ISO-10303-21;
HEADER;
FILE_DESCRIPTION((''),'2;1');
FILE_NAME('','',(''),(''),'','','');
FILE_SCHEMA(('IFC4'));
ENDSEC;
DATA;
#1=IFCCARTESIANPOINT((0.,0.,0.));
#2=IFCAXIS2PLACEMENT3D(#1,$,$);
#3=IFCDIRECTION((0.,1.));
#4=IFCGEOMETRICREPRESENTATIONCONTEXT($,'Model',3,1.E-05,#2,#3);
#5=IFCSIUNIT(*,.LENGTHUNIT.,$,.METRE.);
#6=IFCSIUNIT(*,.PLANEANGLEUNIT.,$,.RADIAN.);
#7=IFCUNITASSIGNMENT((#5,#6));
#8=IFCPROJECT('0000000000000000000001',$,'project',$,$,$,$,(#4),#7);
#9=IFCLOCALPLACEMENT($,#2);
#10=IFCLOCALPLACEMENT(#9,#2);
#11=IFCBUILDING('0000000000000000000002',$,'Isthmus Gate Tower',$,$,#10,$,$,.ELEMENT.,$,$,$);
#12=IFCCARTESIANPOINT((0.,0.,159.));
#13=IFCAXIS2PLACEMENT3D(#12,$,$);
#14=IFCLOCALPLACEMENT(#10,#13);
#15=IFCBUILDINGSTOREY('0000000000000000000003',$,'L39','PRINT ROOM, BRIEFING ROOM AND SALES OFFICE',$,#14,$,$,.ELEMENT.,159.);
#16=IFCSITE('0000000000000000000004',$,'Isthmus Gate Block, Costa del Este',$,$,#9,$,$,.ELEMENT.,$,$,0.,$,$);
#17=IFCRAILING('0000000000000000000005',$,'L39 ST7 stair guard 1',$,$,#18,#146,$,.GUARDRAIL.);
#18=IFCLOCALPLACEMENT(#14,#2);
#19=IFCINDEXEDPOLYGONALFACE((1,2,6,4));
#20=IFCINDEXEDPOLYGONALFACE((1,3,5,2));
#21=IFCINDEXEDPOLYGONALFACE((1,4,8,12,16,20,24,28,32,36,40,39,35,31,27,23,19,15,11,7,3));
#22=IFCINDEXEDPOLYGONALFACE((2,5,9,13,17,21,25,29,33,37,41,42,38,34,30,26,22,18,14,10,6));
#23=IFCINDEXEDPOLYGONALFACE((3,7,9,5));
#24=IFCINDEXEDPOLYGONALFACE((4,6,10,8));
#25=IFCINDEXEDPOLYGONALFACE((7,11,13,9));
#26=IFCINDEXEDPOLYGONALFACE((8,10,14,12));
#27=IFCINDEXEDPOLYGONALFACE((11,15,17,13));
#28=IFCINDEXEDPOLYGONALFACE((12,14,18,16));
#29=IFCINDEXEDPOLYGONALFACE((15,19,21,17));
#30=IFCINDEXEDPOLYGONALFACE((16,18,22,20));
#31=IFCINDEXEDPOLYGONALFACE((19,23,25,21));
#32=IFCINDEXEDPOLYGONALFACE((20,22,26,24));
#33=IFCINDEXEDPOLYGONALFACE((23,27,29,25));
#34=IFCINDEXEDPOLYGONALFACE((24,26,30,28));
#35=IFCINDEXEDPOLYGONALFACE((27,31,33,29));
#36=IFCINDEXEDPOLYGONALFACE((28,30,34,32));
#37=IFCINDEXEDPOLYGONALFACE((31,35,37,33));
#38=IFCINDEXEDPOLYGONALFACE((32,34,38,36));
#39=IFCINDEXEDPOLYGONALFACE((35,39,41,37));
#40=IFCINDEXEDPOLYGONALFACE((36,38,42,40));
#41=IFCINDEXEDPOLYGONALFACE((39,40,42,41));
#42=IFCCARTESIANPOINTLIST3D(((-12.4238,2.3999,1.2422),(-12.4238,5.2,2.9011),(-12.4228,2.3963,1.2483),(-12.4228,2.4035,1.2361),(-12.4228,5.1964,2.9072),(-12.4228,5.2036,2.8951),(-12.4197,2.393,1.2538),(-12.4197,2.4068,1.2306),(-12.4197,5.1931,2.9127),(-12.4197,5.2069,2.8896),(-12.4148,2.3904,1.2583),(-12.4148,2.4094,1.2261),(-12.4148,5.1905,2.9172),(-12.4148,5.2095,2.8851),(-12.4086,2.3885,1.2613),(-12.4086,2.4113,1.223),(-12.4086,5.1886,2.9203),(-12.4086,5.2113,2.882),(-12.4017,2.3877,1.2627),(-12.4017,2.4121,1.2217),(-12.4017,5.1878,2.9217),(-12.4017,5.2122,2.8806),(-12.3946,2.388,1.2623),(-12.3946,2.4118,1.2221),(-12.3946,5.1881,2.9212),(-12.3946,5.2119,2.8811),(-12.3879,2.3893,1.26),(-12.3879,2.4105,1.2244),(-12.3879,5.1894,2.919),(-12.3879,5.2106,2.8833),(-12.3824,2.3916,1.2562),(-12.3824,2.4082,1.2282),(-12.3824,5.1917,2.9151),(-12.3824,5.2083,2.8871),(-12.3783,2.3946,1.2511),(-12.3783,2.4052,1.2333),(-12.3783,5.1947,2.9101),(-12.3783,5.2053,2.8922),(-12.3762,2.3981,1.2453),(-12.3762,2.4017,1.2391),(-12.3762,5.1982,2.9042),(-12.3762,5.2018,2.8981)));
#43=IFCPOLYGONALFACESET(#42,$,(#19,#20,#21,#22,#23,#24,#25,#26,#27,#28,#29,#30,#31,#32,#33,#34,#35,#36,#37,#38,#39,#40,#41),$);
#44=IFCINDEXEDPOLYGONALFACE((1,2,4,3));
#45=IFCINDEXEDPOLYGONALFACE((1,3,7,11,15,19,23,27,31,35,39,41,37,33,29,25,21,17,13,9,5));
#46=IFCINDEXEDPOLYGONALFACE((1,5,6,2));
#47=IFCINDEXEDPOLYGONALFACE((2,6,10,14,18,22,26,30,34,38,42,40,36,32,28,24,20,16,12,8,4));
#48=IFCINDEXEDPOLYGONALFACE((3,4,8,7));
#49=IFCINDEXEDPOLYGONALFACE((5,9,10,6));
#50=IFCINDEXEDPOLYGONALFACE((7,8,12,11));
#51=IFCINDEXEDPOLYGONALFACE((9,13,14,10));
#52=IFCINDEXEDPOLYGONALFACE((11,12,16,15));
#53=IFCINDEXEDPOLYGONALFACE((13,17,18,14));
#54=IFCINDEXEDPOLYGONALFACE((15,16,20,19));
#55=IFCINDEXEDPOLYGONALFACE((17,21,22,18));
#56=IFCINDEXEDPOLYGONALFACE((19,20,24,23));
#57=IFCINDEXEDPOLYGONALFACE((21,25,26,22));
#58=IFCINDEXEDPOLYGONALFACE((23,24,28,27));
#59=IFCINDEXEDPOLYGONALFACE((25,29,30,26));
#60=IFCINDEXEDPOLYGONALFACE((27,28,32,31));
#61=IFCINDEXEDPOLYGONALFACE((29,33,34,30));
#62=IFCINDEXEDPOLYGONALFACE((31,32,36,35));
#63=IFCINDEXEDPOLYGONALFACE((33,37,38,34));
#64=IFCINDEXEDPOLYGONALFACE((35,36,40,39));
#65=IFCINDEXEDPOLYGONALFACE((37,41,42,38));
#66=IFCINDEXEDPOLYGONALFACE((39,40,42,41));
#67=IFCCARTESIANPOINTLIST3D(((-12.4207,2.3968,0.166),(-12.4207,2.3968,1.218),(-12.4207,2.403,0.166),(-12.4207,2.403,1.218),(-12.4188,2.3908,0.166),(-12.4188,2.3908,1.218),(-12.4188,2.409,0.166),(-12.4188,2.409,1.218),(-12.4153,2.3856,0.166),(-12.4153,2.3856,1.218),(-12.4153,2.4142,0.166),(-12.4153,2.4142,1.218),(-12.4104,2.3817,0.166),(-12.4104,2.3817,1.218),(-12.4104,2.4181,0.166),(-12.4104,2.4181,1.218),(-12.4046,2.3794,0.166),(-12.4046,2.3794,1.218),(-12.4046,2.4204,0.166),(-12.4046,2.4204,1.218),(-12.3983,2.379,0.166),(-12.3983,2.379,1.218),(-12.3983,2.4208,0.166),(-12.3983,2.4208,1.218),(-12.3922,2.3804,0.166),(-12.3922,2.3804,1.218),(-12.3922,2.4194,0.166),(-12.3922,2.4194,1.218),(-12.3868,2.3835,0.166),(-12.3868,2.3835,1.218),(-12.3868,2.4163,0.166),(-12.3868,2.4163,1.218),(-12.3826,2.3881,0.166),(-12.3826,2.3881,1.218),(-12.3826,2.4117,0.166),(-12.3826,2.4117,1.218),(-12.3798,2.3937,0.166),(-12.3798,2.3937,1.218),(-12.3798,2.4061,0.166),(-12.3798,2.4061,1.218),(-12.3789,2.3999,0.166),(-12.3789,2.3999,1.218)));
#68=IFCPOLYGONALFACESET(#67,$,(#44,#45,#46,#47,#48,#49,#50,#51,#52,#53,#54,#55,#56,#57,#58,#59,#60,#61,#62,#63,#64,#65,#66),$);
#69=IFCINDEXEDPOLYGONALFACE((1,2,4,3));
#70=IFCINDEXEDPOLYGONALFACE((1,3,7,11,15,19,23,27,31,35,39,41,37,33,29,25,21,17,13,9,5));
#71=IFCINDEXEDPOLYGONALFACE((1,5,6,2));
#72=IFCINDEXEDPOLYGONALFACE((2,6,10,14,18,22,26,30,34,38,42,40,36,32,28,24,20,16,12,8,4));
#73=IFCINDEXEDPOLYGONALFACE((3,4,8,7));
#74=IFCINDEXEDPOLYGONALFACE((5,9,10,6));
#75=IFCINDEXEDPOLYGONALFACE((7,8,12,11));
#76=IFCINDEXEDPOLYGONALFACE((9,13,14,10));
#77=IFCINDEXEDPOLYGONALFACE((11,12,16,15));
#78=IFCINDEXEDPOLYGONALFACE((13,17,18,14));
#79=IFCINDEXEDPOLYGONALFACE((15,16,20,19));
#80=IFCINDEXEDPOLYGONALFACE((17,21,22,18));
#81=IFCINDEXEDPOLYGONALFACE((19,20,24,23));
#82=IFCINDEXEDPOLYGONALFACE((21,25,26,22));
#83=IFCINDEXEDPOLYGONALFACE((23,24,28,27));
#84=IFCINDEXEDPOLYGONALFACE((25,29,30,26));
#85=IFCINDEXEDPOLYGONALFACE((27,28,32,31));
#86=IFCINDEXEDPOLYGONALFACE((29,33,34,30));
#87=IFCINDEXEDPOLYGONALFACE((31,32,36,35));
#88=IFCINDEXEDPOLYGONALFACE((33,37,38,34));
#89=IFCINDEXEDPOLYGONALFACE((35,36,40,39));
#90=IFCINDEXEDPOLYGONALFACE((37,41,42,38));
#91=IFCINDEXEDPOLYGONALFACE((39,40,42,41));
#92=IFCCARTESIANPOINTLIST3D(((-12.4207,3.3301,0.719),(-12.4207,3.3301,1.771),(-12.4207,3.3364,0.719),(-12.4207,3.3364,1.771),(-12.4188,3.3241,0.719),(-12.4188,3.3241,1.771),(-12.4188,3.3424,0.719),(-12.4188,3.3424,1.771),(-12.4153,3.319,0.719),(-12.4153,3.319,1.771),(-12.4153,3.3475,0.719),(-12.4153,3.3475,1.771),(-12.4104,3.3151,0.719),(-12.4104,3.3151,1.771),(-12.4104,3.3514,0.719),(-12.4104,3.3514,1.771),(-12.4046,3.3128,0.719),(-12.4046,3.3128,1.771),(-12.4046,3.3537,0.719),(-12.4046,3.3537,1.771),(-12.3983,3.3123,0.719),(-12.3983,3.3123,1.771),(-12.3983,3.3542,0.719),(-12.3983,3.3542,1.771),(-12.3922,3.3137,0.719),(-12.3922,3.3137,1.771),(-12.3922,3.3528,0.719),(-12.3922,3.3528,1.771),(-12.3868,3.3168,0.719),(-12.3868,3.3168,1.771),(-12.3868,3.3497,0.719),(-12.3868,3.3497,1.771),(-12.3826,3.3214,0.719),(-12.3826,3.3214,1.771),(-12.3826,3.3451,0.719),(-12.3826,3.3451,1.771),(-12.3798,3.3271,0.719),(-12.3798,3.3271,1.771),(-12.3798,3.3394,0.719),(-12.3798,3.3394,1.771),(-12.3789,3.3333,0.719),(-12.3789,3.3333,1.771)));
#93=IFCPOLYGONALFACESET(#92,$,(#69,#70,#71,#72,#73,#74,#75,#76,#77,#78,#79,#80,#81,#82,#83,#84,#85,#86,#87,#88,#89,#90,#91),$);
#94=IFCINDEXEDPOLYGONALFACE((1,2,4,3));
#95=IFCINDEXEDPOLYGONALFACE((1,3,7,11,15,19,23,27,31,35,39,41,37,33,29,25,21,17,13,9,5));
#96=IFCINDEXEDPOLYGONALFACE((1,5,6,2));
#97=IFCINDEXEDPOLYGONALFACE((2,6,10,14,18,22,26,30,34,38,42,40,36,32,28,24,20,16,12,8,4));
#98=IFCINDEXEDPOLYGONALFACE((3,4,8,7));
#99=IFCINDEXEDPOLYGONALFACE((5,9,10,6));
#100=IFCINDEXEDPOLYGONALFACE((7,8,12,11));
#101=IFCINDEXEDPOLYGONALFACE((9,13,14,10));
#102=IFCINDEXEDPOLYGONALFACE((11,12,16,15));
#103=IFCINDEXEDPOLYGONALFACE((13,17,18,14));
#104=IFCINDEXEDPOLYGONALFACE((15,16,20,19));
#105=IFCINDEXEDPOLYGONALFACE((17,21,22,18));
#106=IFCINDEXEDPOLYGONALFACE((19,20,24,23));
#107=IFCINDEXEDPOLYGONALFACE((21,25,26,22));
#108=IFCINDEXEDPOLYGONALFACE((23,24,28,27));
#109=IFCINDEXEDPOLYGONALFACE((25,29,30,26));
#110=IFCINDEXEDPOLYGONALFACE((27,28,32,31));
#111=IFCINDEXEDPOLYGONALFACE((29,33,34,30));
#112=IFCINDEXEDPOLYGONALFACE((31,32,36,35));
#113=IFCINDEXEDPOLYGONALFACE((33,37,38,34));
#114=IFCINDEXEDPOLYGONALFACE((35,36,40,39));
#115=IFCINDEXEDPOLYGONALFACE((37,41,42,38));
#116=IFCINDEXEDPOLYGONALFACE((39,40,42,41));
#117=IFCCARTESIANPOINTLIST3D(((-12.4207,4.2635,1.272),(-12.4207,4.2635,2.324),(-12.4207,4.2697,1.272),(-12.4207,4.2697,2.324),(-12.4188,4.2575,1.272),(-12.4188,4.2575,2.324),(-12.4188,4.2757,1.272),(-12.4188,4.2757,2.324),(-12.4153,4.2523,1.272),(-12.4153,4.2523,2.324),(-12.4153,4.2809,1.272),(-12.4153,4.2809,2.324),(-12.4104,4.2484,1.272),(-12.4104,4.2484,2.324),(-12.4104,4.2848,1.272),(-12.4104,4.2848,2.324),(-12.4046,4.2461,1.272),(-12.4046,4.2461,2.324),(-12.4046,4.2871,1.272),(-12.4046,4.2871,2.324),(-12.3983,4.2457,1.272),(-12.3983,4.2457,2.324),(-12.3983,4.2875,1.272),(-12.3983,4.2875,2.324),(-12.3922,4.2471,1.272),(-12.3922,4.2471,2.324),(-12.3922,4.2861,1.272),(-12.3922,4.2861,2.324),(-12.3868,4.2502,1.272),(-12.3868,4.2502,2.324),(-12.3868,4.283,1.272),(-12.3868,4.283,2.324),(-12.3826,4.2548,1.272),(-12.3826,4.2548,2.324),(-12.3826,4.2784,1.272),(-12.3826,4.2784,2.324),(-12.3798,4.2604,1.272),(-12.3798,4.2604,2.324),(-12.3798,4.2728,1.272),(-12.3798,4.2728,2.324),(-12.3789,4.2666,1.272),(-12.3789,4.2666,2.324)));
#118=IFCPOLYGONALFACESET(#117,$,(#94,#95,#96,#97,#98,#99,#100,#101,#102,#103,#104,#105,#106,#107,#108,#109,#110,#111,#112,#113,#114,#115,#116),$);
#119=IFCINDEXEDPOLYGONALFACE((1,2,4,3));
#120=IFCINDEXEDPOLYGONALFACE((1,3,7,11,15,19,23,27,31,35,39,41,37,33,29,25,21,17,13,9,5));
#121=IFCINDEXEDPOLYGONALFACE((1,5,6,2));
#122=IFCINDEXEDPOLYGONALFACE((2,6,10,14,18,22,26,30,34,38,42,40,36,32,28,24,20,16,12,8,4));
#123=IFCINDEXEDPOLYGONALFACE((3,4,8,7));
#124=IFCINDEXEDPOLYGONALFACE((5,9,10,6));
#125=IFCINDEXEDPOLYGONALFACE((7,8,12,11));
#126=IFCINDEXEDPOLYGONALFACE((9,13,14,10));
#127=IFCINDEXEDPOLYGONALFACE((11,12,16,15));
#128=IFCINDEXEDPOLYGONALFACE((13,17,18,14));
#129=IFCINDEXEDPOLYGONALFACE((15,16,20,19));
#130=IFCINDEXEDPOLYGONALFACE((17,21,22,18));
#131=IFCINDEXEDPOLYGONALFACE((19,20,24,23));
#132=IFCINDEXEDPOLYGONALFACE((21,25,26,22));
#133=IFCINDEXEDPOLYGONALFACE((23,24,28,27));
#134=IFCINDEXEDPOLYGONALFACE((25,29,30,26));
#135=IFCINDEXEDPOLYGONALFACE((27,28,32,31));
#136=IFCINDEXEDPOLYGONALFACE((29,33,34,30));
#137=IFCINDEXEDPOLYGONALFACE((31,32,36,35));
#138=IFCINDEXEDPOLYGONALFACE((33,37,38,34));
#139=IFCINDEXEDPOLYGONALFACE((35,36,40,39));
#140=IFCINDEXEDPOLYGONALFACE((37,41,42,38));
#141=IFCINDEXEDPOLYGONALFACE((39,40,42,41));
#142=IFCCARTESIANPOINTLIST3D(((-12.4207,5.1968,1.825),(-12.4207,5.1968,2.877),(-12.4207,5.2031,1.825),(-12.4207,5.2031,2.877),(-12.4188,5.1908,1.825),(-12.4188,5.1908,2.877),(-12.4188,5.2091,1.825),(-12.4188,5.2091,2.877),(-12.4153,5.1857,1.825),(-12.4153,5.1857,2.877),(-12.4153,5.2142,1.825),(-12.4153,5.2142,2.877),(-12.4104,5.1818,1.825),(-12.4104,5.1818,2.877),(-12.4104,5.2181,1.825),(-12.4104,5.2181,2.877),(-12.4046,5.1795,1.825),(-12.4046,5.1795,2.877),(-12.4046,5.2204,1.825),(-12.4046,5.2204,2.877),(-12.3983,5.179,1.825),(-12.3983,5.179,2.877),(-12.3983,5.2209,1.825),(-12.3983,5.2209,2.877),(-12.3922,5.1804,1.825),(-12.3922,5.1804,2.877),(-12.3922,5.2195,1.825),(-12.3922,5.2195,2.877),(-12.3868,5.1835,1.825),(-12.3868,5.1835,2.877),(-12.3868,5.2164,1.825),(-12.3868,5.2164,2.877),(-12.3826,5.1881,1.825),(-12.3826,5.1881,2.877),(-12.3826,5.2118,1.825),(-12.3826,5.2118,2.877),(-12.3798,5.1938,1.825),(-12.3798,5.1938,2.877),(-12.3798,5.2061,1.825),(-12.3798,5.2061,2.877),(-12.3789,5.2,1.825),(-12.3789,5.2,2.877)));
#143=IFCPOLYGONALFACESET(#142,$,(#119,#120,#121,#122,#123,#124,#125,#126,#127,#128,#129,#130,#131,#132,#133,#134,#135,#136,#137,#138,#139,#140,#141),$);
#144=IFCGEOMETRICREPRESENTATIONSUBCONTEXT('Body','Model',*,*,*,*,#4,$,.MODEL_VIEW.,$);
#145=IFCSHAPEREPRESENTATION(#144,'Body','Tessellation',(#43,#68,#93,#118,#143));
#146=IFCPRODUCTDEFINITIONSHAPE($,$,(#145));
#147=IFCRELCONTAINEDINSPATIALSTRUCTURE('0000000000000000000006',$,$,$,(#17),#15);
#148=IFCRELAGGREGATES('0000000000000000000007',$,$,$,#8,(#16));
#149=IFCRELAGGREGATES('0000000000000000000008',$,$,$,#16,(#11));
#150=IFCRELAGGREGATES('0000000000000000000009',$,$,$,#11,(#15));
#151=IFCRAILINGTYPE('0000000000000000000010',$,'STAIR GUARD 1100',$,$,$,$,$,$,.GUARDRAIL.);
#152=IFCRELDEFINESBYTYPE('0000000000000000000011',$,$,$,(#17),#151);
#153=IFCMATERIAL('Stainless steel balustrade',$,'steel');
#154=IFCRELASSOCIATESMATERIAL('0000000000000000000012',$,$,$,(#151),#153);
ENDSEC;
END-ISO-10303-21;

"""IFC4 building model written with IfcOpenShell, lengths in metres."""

from ifc_helpers import new_model, si_unit, direction, frame, origin, origin_2d, place, context, subcontext, project, spatial, circle, extrude, material, type_object, element, save


model = new_model("IFC4")

# Units and contexts
model_context = context("Model", 3, precision=1e-05, world=origin(), true_north=direction((0.0, 1.0)))
body_context = subcontext(model_context, "Body", "Model", "MODEL_VIEW")
ifc_project = project(units=[si_unit("LENGTHUNIT", "METRE"), si_unit("PLANEANGLEUNIT", "RADIAN")], contexts=[model_context])

# Site, building, storey
site_placement = place(None, origin())
site = spatial("IfcSite", under=ifc_project, at=site_placement, Name="Isthmus Gate Block, Costa del Este", CompositionType="ELEMENT", RefElevation=0.0)
building_placement = place(site_placement, origin())
building = spatial("IfcBuilding", under=site, at=building_placement, Name="Isthmus Gate Tower", CompositionType="ELEMENT")
storey_placement = place(building_placement, frame((0.0, 0.0, 159.0)))
storey = spatial("IfcBuildingStorey", under=building, at=storey_placement, Name="L39", Description="PRINT ROOM, BRIEFING ROOM AND SALES OFFICE", CompositionType="ELEMENT", Elevation=159.0)

# Railing
ifc_material_1 = material(Name="Stainless steel balustrade", Category="steel")
railing_type_1 = type_object("IfcRailingType", Name="STAIR GUARD 1100", PredefinedType="GUARDRAIL", material=ifc_material_1)
for number, where, name in (
    (1, (-12.3999, 2.3999, 0.166), "L39 ST7 stair guard 1"),
):
    element("IfcRailing", number, at=place(storey_placement, frame(where)), inside=storey, type_object=railing_type_1, Name=name, PredefinedType="GUARDRAIL", context=body_context, shape_type="SweptSolid", body=[
        extrude(circle(Radius=0.0239, at=origin_2d()), frame((0.0, 0.0, 1.0762), z_axis=(0.0, 0.860339, 0.509722), x_axis=(-1.0, 0.0, 0.0)), (0.0, 0.0, 1.0), 3.2546),
        extrude(circle(Radius=0.021, at=origin_2d()), origin(), (0.0, 0.0, 1.0), 1.052),
        extrude(circle(Radius=0.021, at=origin_2d()), frame((0.0, 0.9333, 0.553)), (0.0, 0.0, 1.0), 1.052),
        extrude(circle(Radius=0.021, at=origin_2d()), frame((0.0, 1.8667, 1.106)), (0.0, 0.0, 1.0), 1.052),
        extrude(circle(Radius=0.021, at=origin_2d()), frame((0.0, 2.8, 1.6589)), (0.0, 0.0, 1.0), 1.052),
    ])

save(model, "model.ifc")
